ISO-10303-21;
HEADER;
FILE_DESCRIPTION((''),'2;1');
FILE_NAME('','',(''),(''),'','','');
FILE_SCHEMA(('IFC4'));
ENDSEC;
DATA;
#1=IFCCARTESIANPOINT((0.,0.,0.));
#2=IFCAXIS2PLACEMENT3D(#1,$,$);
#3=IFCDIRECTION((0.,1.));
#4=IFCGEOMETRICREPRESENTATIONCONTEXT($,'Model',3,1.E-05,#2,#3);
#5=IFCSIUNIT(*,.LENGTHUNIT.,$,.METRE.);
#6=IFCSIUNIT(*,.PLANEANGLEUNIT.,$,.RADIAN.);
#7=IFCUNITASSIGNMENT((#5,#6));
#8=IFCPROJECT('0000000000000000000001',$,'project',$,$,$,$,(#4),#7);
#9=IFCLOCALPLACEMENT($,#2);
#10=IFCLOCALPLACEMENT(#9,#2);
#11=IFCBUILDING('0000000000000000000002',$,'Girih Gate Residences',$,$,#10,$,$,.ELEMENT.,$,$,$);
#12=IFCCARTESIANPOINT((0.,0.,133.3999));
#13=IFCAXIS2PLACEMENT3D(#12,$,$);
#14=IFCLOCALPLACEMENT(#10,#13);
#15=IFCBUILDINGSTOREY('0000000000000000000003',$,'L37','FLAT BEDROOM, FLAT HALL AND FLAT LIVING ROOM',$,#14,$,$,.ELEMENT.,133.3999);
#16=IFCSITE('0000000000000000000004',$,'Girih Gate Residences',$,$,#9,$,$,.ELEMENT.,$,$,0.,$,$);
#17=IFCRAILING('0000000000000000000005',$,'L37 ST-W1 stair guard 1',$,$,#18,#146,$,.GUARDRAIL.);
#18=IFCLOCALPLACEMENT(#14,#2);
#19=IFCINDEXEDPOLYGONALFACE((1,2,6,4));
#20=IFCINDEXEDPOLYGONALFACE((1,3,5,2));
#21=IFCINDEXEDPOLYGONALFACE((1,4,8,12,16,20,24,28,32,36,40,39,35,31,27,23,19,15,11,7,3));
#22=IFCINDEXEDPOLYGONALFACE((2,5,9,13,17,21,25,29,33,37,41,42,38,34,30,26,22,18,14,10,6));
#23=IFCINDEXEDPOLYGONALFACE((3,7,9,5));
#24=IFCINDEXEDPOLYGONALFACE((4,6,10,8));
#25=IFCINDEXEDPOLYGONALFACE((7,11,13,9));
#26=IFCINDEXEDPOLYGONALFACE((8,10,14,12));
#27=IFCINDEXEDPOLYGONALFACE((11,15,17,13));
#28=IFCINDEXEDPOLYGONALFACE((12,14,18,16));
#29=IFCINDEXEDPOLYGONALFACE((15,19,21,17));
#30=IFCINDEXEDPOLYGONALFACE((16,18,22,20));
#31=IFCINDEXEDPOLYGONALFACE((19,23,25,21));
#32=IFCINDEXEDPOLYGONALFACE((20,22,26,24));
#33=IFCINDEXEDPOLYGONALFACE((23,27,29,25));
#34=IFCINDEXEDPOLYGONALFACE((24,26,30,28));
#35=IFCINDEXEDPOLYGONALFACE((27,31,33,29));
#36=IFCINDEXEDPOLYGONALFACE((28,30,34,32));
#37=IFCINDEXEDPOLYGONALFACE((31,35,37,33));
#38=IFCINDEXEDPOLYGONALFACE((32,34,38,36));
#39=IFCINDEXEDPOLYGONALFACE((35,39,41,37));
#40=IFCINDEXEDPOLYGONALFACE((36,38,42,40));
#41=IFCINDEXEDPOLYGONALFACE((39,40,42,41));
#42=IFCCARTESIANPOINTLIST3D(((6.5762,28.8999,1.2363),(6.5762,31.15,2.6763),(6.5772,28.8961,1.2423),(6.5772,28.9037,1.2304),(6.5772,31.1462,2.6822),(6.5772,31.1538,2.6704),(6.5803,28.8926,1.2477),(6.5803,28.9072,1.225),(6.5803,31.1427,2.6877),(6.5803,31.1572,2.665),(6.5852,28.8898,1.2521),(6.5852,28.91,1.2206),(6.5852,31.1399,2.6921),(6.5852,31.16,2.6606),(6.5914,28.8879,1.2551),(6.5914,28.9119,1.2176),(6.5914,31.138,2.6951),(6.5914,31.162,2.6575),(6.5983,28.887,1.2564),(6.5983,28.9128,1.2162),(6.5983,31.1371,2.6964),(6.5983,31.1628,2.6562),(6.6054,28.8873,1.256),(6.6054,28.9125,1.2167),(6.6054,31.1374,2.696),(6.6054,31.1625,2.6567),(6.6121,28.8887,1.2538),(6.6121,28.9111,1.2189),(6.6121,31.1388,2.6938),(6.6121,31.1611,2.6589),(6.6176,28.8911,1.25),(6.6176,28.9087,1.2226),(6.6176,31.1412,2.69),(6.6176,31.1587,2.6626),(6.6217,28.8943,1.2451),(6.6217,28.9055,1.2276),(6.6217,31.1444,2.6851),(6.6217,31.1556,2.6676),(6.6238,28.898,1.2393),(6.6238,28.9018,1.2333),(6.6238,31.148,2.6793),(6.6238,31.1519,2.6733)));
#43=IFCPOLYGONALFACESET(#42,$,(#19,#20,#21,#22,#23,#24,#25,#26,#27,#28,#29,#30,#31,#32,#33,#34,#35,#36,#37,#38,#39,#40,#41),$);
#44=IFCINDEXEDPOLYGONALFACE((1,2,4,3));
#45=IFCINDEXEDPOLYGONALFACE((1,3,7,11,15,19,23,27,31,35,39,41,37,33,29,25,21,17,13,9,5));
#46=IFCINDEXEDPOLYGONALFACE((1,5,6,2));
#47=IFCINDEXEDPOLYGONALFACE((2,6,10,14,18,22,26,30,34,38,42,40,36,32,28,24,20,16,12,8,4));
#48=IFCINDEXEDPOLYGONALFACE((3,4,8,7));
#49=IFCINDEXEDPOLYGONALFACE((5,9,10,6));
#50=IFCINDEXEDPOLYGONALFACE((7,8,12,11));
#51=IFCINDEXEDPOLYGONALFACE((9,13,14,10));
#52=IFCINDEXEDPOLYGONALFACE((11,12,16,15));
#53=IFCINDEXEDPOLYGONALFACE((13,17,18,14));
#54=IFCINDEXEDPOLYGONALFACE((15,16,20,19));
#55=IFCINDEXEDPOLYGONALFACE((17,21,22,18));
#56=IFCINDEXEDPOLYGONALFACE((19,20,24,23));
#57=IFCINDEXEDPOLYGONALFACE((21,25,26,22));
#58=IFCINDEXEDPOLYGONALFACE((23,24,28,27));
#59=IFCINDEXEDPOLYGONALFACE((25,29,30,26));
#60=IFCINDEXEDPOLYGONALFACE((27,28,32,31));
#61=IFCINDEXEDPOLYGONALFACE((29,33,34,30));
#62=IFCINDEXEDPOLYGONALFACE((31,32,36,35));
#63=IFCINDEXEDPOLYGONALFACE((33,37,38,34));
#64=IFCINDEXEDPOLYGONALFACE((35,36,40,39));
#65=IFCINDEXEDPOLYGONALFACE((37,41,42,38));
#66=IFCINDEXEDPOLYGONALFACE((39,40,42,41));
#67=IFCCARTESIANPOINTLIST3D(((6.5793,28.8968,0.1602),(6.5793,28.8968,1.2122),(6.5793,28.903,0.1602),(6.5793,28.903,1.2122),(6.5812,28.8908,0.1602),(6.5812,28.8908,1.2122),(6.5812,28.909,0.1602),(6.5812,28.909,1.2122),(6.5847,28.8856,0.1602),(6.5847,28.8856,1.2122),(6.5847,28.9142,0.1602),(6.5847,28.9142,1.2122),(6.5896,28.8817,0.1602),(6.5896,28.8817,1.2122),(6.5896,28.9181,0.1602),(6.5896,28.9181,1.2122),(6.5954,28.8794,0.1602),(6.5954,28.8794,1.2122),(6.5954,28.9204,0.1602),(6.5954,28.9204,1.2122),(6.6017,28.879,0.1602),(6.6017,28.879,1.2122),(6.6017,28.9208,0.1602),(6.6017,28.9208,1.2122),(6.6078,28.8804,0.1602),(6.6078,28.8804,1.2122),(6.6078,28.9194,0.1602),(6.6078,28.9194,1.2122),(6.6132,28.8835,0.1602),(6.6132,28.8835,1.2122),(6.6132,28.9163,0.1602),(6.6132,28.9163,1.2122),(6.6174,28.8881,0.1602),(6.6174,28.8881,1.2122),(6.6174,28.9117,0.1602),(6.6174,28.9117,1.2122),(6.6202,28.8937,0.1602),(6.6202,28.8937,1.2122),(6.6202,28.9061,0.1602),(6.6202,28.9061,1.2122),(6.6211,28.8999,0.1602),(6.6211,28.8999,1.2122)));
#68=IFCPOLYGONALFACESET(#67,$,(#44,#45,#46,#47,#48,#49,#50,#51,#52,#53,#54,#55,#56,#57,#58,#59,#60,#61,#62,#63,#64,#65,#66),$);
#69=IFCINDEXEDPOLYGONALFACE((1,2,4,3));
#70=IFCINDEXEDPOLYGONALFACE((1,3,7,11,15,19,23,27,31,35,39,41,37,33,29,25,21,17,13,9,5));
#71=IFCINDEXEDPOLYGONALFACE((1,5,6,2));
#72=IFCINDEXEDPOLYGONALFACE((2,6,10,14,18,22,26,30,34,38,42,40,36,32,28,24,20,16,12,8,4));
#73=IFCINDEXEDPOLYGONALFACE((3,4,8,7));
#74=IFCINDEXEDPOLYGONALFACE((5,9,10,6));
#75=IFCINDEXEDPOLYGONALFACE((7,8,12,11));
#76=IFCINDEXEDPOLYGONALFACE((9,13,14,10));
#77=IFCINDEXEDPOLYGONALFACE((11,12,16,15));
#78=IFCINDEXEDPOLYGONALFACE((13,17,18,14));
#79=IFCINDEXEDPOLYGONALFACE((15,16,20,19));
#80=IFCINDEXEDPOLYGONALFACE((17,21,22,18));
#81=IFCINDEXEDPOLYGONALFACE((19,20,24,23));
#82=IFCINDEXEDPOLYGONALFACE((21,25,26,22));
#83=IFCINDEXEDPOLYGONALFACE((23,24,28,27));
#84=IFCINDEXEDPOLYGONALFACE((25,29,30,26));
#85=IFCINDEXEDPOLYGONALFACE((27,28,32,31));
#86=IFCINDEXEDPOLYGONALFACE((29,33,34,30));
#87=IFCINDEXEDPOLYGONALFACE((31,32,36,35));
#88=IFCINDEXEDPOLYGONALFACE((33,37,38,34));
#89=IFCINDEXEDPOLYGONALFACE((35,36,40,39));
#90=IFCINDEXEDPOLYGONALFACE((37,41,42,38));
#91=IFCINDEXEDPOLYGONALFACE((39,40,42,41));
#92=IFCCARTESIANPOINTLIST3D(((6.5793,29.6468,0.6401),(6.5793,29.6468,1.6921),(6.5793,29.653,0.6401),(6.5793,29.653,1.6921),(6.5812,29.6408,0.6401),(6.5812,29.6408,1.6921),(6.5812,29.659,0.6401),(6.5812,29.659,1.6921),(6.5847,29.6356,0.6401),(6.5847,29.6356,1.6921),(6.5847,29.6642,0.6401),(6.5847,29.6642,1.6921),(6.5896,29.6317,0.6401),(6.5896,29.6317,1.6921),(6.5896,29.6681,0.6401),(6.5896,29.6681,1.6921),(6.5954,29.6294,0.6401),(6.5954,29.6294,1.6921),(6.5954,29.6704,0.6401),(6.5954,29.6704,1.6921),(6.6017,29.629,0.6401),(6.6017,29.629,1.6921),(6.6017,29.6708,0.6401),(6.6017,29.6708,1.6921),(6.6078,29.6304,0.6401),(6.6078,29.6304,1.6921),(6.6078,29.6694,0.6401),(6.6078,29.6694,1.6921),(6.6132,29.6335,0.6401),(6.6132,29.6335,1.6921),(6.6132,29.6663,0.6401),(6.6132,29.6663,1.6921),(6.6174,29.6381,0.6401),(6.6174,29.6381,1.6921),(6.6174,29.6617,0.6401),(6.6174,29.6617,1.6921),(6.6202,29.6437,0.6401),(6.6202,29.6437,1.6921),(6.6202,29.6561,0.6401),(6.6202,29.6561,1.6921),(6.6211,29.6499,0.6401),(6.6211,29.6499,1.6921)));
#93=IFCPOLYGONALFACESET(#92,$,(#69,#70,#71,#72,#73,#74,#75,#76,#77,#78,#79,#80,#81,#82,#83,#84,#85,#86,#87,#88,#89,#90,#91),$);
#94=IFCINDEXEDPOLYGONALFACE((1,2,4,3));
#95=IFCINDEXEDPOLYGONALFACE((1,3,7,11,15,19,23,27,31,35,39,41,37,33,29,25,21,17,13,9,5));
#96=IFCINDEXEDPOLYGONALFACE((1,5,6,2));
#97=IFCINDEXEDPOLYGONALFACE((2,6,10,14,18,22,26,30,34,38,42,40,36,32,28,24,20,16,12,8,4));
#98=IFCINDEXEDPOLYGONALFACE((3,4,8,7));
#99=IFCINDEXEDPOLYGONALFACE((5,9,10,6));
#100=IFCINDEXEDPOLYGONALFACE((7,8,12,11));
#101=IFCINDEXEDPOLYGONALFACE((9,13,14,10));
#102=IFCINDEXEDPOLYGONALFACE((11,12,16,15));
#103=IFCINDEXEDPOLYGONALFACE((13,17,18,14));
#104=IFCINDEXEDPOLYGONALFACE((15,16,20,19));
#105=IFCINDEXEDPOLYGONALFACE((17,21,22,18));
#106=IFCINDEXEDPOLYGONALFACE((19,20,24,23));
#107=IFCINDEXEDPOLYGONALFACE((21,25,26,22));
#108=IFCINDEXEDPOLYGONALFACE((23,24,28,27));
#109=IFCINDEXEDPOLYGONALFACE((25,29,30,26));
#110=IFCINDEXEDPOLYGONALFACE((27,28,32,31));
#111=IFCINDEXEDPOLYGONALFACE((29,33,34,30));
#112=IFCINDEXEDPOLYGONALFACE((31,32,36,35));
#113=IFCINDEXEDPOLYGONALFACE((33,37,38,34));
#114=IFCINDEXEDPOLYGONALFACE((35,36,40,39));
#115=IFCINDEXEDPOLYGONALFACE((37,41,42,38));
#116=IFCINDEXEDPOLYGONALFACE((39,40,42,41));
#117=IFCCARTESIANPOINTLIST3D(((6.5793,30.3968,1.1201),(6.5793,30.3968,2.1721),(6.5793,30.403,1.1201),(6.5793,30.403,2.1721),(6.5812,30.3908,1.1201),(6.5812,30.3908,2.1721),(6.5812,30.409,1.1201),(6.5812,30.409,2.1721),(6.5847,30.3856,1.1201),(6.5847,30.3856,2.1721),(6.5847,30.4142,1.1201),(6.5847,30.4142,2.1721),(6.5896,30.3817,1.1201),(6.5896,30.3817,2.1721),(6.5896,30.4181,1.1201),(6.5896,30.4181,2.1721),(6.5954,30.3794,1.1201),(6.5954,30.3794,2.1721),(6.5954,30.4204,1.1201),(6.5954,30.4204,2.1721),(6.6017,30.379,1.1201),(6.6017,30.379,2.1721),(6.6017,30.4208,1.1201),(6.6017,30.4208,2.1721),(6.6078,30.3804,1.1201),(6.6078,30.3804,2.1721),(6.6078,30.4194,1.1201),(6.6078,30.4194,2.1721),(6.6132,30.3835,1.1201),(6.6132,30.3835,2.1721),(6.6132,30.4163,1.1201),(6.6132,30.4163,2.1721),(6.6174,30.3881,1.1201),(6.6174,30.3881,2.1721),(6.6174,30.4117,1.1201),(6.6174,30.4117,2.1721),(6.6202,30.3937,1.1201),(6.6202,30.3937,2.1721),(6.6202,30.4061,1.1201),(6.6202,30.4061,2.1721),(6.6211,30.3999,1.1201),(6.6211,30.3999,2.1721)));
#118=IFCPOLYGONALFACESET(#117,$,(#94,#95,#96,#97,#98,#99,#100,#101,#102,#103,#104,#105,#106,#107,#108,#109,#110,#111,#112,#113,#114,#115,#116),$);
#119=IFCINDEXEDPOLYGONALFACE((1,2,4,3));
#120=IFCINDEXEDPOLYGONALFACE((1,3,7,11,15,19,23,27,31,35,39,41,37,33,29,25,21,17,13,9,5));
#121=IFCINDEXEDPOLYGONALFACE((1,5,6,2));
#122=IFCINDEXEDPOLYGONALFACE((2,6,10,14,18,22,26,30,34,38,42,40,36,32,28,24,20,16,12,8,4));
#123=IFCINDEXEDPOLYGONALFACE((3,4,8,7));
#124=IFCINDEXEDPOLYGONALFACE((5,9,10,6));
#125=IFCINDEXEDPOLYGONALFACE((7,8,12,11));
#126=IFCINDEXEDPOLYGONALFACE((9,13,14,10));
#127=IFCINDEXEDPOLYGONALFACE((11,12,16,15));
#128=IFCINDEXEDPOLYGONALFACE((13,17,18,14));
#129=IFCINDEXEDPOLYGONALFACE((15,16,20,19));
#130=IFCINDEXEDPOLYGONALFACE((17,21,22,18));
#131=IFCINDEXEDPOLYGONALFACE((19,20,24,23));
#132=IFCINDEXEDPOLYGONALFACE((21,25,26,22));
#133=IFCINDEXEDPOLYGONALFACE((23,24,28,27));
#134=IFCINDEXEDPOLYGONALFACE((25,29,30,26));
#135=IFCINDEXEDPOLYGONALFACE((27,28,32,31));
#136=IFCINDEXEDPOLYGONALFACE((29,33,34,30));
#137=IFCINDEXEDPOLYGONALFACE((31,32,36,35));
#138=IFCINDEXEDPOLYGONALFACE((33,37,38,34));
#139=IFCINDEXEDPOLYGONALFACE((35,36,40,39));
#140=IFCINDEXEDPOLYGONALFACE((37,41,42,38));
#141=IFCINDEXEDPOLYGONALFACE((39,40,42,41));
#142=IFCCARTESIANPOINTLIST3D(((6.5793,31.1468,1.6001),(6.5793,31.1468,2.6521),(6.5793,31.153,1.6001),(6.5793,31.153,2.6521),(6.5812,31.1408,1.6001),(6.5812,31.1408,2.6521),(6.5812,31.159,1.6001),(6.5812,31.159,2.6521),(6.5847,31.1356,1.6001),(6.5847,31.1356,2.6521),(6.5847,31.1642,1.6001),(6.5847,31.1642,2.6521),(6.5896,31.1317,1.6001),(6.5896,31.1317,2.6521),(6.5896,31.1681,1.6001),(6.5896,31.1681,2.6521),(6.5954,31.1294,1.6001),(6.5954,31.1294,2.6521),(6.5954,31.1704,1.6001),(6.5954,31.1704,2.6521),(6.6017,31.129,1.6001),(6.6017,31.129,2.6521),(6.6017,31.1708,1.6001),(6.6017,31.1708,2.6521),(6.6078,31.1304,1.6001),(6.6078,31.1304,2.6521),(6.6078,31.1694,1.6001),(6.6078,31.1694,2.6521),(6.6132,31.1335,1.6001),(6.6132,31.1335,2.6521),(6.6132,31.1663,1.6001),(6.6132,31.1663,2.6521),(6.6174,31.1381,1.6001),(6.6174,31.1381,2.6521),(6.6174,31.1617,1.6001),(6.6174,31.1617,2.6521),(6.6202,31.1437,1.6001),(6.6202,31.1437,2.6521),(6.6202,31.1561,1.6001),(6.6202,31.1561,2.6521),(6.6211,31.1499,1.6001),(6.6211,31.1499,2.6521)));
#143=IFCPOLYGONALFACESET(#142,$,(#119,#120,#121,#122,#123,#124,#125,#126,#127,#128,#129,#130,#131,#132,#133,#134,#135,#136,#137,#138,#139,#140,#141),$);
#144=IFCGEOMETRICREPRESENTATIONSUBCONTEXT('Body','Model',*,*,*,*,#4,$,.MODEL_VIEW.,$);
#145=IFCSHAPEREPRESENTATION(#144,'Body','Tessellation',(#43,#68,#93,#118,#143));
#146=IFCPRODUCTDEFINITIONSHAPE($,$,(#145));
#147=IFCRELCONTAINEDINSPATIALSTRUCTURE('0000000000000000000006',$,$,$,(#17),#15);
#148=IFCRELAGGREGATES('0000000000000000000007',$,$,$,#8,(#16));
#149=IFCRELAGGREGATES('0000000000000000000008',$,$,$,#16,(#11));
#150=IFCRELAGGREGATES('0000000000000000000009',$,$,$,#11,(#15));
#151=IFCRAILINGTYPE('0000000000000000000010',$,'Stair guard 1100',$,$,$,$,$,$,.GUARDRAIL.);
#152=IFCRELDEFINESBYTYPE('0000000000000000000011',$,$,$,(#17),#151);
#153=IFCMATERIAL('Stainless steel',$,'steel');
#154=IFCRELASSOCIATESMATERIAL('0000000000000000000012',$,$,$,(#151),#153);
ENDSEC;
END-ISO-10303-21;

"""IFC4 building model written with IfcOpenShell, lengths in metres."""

from ifc_helpers import new_model, si_unit, direction, frame, origin, origin_2d, place, context, subcontext, project, spatial, circle, extrude, material, type_object, element, save


model = new_model("IFC4")

# Units and contexts
model_context = context("Model", 3, precision=1e-05, world=origin(), true_north=direction((0.0, 1.0)))
body_context = subcontext(model_context, "Body", "Model", "MODEL_VIEW")
ifc_project = project(units=[si_unit("LENGTHUNIT", "METRE"), si_unit("PLANEANGLEUNIT", "RADIAN")], contexts=[model_context])

# Site, building, storey
site_placement = place(None, origin())
site = spatial("IfcSite", under=ifc_project, at=site_placement, Name="Girih Gate Residences", CompositionType="ELEMENT", RefElevation=0.0)
building_placement = place(site_placement, origin())
building = spatial("IfcBuilding", under=site, at=building_placement, Name="Girih Gate Residences", CompositionType="ELEMENT")
storey_placement = place(building_placement, frame((0.0, 0.0, 133.3999)))
storey = spatial("IfcBuildingStorey", under=building, at=storey_placement, Name="L37", Description="FLAT BEDROOM, FLAT HALL AND FLAT LIVING ROOM", CompositionType="ELEMENT", Elevation=133.3999)

# Railing
ifc_material_1 = material(Name="Stainless steel", Category="steel")
railing_type_1 = type_object("IfcRailingType", Name="Stair guard 1100", PredefinedType="GUARDRAIL", material=ifc_material_1)
railing_1_placement = place(storey_placement, frame((6.6001, 28.8999, 0.1602)))
element("IfcRailing", 1, at=railing_1_placement, inside=storey, type_object=railing_type_1, Name="L37 ST-W1 stair guard 1", PredefinedType="GUARDRAIL", context=body_context, shape_type="SweptSolid", body=[
    extrude(circle(Radius=0.0239, at=origin_2d()), frame((0.0, 0.0, 1.0762), z_axis=(0.0, 0.842281, 0.539038), x_axis=(-1.0, 0.0, 0.0)), (0.0, 0.0, 1.0), 2.6714),
    extrude(circle(Radius=0.021, at=origin_2d()), origin(), (0.0, 0.0, 1.0), 1.052),
    extrude(circle(Radius=0.021, at=origin_2d()), frame((0.0, 0.75, 0.48)), (0.0, 0.0, 1.0), 1.052),
    extrude(circle(Radius=0.021, at=origin_2d()), frame((0.0, 1.5, 0.96)), (0.0, 0.0, 1.0), 1.052),
    extrude(circle(Radius=0.021, at=origin_2d()), frame((0.0, 2.25, 1.4399)), (0.0, 0.0, 1.0), 1.052),
])

save(model, "model.ifc")
